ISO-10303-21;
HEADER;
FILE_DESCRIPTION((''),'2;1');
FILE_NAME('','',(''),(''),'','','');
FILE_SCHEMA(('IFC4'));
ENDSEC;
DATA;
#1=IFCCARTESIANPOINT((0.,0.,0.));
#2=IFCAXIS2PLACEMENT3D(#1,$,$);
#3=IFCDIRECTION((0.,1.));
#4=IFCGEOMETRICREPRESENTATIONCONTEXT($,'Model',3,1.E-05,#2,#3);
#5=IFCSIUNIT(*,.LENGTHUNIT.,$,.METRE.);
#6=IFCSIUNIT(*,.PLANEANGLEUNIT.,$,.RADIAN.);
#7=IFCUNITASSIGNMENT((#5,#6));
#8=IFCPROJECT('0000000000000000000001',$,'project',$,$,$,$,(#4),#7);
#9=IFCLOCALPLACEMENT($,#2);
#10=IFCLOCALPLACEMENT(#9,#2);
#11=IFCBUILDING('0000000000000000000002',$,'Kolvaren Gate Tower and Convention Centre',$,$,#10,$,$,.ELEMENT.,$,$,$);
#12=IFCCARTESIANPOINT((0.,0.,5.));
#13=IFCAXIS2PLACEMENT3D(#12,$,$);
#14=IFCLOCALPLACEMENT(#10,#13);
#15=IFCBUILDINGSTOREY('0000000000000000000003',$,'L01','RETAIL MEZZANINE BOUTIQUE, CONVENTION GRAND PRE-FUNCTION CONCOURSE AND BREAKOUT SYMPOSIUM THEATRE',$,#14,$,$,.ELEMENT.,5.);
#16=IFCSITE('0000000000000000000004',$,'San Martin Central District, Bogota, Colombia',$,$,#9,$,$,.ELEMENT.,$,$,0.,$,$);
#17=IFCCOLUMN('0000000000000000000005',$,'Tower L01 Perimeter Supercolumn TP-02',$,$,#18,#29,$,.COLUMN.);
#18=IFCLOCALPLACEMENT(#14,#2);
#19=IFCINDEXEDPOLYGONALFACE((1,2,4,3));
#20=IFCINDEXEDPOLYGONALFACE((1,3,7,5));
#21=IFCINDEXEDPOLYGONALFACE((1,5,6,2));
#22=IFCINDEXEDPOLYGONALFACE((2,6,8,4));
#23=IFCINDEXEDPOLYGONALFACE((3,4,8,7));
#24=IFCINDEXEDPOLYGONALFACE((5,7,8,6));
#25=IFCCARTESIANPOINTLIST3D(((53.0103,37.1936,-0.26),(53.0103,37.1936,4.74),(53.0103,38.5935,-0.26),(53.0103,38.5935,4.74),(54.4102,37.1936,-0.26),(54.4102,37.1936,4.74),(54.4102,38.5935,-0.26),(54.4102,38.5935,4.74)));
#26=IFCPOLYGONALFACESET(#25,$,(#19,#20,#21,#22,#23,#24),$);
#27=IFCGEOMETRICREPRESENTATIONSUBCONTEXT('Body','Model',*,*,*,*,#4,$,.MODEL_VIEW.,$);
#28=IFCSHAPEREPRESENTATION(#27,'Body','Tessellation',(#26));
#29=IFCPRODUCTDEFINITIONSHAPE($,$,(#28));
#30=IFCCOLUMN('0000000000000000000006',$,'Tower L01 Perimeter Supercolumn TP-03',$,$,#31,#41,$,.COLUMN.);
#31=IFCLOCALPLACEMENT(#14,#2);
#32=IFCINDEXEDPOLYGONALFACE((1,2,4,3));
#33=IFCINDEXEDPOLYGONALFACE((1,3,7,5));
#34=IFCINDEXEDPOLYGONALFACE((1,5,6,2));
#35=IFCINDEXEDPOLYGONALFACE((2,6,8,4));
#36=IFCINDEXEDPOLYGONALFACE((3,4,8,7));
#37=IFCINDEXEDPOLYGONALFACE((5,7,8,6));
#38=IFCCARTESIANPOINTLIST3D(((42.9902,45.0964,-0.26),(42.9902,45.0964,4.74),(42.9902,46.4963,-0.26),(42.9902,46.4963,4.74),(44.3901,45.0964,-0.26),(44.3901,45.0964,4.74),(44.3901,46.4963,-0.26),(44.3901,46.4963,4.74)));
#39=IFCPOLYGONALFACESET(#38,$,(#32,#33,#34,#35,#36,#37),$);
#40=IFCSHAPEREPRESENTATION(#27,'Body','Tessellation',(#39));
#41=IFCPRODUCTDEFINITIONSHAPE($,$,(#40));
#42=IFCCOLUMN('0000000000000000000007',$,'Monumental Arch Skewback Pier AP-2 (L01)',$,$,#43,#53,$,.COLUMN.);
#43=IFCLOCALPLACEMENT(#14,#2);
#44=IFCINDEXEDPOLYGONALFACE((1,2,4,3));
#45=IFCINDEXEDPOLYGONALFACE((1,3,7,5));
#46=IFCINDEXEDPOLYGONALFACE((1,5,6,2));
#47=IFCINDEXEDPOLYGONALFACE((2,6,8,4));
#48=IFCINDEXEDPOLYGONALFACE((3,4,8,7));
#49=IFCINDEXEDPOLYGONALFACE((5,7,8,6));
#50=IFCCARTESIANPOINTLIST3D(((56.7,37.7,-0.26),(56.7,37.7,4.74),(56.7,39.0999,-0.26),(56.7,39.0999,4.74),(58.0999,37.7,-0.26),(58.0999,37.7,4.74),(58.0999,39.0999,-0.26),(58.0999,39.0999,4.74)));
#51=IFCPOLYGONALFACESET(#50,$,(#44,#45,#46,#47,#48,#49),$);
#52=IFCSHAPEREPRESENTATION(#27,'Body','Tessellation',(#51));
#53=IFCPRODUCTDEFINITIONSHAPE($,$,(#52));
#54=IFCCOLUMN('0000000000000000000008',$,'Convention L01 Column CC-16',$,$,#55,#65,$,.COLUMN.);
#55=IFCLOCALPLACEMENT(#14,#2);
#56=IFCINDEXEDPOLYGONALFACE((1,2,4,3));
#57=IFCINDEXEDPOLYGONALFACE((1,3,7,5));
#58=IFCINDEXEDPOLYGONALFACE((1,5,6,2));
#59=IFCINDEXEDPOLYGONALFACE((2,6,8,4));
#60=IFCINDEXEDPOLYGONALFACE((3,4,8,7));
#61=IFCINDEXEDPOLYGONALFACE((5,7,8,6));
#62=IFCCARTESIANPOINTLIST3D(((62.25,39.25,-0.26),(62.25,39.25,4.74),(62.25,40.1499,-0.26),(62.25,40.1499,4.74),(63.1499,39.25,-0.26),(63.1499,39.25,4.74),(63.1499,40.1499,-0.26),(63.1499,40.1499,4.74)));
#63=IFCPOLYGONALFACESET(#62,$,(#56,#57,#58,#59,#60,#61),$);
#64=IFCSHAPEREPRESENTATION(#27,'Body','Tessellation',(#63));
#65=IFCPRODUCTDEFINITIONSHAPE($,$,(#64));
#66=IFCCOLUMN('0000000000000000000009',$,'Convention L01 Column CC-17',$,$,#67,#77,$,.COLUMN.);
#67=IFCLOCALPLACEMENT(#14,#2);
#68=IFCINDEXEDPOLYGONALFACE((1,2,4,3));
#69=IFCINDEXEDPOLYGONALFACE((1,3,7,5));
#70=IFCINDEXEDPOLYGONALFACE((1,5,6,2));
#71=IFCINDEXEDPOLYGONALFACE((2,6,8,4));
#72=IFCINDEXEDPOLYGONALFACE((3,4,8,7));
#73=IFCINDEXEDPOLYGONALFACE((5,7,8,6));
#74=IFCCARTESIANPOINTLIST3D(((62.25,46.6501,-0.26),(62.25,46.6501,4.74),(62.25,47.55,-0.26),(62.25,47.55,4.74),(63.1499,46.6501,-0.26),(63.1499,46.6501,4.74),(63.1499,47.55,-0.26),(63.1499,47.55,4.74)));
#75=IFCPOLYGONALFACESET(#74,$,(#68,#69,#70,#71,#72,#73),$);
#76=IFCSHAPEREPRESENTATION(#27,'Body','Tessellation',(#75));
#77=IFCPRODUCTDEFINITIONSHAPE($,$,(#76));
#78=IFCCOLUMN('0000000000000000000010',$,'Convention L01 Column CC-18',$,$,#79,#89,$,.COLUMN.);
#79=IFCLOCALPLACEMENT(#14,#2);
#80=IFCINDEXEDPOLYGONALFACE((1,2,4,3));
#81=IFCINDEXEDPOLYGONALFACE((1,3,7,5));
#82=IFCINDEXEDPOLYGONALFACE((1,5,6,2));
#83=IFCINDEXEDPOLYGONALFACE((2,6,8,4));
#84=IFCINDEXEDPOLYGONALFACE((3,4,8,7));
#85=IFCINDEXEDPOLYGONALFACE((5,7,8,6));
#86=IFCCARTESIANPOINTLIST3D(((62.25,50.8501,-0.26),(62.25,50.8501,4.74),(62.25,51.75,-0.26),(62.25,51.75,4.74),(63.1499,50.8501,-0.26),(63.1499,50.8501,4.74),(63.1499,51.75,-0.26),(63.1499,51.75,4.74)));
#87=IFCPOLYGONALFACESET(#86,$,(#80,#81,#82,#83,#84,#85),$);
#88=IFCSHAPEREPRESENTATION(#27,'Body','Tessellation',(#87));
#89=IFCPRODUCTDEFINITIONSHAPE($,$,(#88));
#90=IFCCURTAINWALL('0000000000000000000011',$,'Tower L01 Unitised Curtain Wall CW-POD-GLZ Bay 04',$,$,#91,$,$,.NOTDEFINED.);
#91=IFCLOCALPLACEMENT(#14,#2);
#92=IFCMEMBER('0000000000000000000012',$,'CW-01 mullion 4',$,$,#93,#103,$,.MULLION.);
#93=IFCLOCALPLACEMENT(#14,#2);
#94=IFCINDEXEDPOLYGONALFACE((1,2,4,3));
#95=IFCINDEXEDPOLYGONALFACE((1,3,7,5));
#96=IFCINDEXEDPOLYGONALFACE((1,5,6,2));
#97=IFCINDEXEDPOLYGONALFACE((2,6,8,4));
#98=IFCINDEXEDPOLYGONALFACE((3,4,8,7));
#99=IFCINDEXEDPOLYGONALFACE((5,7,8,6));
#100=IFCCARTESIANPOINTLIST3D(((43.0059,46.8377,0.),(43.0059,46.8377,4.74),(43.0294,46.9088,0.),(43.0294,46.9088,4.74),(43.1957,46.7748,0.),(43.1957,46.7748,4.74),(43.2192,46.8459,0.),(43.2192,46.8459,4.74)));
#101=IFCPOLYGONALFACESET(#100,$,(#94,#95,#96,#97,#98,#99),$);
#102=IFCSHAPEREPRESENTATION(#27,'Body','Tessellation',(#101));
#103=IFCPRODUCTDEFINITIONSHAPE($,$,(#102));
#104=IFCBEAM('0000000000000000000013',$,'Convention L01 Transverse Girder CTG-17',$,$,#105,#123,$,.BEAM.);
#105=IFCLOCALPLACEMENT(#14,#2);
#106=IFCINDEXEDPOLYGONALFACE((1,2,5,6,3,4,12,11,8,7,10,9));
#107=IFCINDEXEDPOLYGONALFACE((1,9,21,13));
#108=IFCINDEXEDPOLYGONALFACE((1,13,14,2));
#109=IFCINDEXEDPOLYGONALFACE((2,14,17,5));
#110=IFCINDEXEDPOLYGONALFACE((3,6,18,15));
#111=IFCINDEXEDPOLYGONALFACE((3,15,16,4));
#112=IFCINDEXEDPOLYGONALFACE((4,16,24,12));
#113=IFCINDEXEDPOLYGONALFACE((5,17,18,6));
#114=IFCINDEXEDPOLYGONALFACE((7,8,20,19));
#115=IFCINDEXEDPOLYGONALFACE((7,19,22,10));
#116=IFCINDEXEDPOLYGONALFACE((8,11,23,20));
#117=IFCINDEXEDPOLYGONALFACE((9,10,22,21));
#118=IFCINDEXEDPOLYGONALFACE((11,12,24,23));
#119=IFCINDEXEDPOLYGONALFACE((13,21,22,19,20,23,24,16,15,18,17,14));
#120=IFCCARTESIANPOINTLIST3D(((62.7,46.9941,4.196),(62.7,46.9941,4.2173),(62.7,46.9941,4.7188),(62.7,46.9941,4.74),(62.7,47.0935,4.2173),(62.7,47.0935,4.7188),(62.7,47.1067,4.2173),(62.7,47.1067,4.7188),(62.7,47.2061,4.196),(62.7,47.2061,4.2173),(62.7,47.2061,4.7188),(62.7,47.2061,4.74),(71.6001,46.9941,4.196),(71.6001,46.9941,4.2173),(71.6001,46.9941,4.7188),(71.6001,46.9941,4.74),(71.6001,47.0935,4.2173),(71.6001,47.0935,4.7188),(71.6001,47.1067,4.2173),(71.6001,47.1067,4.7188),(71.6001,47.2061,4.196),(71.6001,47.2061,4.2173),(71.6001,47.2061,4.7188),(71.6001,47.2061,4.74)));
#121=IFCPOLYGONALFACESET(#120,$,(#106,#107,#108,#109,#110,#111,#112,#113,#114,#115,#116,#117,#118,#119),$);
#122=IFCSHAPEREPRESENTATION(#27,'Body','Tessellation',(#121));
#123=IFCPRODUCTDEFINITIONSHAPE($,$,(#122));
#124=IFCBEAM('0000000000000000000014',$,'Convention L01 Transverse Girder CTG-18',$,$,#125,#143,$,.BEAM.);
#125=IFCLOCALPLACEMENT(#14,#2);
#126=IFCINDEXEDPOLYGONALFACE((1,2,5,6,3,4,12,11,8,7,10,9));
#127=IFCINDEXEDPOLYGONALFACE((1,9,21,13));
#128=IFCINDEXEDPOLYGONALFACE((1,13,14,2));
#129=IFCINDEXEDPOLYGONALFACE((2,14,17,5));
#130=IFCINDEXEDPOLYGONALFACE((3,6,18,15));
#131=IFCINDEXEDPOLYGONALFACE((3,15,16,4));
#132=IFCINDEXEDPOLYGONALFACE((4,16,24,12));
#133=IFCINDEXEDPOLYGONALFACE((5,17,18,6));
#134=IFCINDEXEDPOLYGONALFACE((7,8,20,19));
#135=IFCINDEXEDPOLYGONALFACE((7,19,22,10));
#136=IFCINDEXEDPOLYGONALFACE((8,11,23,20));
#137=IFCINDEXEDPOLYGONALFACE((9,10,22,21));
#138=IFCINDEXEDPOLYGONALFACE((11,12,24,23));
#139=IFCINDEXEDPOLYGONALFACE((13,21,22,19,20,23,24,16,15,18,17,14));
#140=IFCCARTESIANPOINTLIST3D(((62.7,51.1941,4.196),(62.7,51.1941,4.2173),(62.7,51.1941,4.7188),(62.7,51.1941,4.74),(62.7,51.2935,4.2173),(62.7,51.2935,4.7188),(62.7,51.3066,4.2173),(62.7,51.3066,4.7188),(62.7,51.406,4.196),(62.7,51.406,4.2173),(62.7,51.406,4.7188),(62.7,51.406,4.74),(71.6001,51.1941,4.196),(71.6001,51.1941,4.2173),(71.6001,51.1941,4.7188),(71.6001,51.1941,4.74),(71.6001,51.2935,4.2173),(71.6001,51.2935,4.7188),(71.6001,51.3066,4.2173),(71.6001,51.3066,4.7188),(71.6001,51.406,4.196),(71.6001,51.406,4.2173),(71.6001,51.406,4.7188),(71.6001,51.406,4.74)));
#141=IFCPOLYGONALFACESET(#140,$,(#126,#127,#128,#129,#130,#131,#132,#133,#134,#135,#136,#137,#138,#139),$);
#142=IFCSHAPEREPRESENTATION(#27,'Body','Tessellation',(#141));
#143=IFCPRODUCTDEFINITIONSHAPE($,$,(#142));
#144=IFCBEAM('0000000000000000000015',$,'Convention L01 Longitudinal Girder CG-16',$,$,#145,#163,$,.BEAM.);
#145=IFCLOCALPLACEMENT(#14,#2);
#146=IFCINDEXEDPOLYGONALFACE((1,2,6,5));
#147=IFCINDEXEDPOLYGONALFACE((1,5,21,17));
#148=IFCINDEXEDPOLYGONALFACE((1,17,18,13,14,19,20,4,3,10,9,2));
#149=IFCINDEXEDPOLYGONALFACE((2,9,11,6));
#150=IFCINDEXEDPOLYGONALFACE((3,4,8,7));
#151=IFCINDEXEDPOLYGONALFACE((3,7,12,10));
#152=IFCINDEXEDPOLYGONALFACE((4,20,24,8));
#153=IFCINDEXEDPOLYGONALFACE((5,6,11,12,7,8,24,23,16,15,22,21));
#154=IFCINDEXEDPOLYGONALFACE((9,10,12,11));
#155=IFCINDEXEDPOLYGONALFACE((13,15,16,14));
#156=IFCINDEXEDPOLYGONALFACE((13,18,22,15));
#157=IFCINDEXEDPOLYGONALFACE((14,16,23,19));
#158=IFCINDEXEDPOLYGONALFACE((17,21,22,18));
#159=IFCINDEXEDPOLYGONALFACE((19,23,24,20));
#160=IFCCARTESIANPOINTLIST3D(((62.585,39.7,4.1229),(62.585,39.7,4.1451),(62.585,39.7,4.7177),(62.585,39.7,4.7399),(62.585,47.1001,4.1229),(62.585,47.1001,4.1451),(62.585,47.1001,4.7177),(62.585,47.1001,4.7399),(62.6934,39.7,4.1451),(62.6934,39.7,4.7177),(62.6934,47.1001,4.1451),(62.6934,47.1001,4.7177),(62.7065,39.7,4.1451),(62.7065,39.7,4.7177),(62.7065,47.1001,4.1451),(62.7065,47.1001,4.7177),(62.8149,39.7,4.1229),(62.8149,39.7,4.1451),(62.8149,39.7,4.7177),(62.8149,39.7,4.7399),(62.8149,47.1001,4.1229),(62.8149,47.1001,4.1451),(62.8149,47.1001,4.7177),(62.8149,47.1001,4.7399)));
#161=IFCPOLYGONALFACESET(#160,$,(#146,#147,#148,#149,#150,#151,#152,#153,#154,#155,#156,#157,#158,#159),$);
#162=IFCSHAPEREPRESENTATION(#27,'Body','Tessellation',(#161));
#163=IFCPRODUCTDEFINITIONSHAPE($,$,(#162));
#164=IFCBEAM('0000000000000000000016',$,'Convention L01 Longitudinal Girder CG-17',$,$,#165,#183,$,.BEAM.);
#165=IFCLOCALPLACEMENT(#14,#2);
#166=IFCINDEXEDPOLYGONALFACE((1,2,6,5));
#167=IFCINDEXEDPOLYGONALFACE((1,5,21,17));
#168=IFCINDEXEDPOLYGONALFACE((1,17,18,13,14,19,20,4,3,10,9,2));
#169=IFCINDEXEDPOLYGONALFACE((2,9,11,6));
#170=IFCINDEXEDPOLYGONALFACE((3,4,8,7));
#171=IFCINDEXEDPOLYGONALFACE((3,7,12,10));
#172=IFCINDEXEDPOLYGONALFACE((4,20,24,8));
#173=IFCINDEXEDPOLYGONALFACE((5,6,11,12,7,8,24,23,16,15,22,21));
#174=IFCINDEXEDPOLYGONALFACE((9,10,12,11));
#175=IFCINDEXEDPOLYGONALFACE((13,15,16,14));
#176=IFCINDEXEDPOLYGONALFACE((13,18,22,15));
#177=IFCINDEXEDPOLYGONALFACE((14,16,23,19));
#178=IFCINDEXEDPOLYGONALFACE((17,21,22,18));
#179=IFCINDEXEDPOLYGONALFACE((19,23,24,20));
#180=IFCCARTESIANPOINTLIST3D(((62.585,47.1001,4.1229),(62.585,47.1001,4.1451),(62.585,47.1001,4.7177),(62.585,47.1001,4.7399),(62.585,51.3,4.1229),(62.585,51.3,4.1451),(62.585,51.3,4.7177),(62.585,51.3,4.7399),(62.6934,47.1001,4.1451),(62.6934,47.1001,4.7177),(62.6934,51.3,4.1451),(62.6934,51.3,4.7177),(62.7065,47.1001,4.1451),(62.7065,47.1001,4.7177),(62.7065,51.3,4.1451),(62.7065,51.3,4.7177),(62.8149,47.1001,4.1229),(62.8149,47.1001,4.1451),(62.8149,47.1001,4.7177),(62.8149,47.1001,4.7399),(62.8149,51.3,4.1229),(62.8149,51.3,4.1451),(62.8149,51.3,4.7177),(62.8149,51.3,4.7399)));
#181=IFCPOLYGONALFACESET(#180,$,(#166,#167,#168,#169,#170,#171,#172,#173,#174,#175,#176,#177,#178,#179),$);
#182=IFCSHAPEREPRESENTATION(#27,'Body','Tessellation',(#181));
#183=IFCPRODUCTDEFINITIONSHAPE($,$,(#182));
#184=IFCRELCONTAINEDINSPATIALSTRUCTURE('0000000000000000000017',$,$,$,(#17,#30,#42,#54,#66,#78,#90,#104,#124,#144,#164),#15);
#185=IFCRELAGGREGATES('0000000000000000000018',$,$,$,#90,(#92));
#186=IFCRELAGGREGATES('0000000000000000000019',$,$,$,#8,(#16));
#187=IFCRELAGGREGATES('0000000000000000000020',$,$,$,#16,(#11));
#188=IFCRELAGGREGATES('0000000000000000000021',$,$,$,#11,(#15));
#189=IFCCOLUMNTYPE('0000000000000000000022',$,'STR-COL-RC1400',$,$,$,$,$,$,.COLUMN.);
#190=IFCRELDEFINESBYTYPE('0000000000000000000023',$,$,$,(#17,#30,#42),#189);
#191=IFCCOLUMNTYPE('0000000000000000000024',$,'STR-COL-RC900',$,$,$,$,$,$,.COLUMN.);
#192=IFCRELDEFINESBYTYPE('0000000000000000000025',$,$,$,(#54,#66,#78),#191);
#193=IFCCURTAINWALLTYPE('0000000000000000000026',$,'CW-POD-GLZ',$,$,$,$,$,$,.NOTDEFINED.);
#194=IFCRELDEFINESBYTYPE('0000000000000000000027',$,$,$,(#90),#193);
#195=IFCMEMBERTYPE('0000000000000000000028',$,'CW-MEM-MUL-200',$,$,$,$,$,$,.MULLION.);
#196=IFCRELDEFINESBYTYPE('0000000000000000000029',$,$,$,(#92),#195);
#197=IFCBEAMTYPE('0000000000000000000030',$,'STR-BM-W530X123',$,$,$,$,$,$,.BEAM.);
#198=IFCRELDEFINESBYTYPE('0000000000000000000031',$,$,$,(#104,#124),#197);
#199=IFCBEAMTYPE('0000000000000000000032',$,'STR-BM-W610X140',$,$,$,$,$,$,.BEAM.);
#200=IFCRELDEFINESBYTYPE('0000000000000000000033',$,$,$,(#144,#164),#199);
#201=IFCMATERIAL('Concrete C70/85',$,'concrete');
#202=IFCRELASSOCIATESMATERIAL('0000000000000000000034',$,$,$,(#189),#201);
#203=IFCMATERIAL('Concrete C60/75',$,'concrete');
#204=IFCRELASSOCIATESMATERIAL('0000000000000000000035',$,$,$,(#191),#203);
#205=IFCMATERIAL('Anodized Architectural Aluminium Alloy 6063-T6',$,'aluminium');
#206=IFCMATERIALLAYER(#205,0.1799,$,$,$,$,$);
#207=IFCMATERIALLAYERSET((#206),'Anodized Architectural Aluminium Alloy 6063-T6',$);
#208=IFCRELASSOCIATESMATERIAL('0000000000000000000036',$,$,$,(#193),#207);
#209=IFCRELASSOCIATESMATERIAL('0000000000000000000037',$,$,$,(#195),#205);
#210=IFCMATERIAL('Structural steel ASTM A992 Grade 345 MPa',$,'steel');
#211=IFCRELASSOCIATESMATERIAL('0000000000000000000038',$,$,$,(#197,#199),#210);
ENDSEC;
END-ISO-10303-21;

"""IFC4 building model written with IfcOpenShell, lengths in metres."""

from ifc_helpers import new_model, si_unit, direction, frame, origin, origin_2d, place, context, subcontext, project, spatial, rectangle, i_section, extrude, material, layer, layer_set, material_profile, profile_set, type_object, element, aggregate, save


model = new_model("IFC4")

# Units and contexts
model_context = context("Model", 3, precision=1e-05, world=origin(), true_north=direction((0.0, 1.0)))
body_context = subcontext(model_context, "Body", "Model", "MODEL_VIEW")
ifc_project = project(units=[si_unit("LENGTHUNIT", "METRE"), si_unit("PLANEANGLEUNIT", "RADIAN")], contexts=[model_context])

# Site, building, storey
site_placement = place(None, origin())
site = spatial("IfcSite", under=ifc_project, at=site_placement, Name="San Martin Central District, Bogota, Colombia", CompositionType="ELEMENT", RefElevation=0.0)
building_placement = place(site_placement, origin())
building = spatial("IfcBuilding", under=site, at=building_placement, Name="Kolvaren Gate Tower and Convention Centre", CompositionType="ELEMENT")
storey_placement = place(building_placement, frame((0.0, 0.0, 5.0)))
storey = spatial("IfcBuildingStorey", under=building, at=storey_placement, Name="L01", Description="RETAIL MEZZANINE BOUTIQUE, CONVENTION GRAND PRE-FUNCTION CONCOURSE AND BREAKOUT SYMPOSIUM THEATRE", CompositionType="ELEMENT", Elevation=5.0)

# Columns
ifc_material_1 = material(Name="Concrete C70/85", Category="concrete")
ifc_material_profile_1 = material_profile(ifc_material_1, rectangle(XDim=1.3999, YDim=1.3999, at=origin_2d()), Name="RC-COL-1400X1400")
ifc_profile_set_1 = profile_set([ifc_material_profile_1], Name="Concrete C70/85")
column_type_1 = type_object("IfcColumnType", Name="STR-COL-RC1400", PredefinedType="COLUMN", material=ifc_profile_set_1)
for number, where, z_axis, x_axis, name in (
    (1, (53.7102, 37.8936, -0.26), (0.0, 0.0, 1.0), (1.0, 0.0, 0.0), "Tower L01 Perimeter Supercolumn TP-02"),
    (2, (43.6902, 45.7964, -0.26), (0.0, 0.0, 1.0), (1.0, 0.0, 0.0), "Tower L01 Perimeter Supercolumn TP-03"),
    (3, (57.3999, 38.3999, -0.26), (0.0, 0.0, 1.0), (1.0, 0.0, 0.0), "Monumental Arch Skewback Pier AP-2 (L01)"),
):
    element("IfcColumn", number, at=place(storey_placement, frame(where, z_axis=z_axis, x_axis=x_axis)), inside=storey, type_object=column_type_1, Name=name, PredefinedType="COLUMN", context=body_context, shape_type="SweptSolid", body=[
        extrude(rectangle(XDim=1.3999, YDim=1.3999, at=origin_2d()), origin(), (0.0, 0.0, 1.0), 5.0),
    ])
ifc_material_2 = material(Name="Concrete C60/75", Category="concrete")
ifc_material_profile_2 = material_profile(ifc_material_2, rectangle(XDim=0.8999, YDim=0.8999, at=origin_2d()), Name="RC-COL-900X900")
ifc_profile_set_2 = profile_set([ifc_material_profile_2], Name="Concrete C60/75")
column_type_2 = type_object("IfcColumnType", Name="STR-COL-RC900", PredefinedType="COLUMN", material=ifc_profile_set_2)
for number, where, z_axis, x_axis, name in (
    (4, (62.7, 39.7, -0.26), (0.0, 0.0, 1.0), (1.0, 0.0, 0.0), "Convention L01 Column CC-16"),
    (5, (62.7, 47.1001, -0.26), (0.0, 0.0, 1.0), (1.0, 0.0, 0.0), "Convention L01 Column CC-17"),
    (6, (62.7, 51.3, -0.26), (0.0, 0.0, 1.0), (1.0, 0.0, 0.0), "Convention L01 Column CC-18"),
):
    element("IfcColumn", number, at=place(storey_placement, frame(where, z_axis=z_axis, x_axis=x_axis)), inside=storey, type_object=column_type_2, Name=name, PredefinedType="COLUMN", context=body_context, shape_type="SweptSolid", body=[
        extrude(rectangle(XDim=0.8999, YDim=0.8999, at=origin_2d()), origin(), (0.0, 0.0, 1.0), 5.0),
    ])

# Curtain wall, member
ifc_material_3 = material(Name="Anodized Architectural Aluminium Alloy 6063-T6", Category="aluminium")
ifc_layer_1 = layer(ifc_material_3, 0.1799)
ifc_layer_set_1 = layer_set([ifc_layer_1], Name="Anodized Architectural Aluminium Alloy 6063-T6")
curtain_wall_type = type_object("IfcCurtainWallType", Name="CW-POD-GLZ", PredefinedType="NOTDEFINED", material=ifc_layer_set_1)
curtain_wall_placement = place(storey_placement, origin())
curtain_wall = element("IfcCurtainWall", 7, at=curtain_wall_placement, inside=storey, type_object=curtain_wall_type, Name="Tower L01 Unitised Curtain Wall CW-POD-GLZ Bay 04", PredefinedType="NOTDEFINED")
ifc_material_profile_3 = material_profile(ifc_material_3, rectangle(XDim=0.075, YDim=0.2, at=origin_2d()), Name="CW-MEM-MUL-200")
ifc_profile_set_3 = profile_set([ifc_material_profile_3], Name="Anodized Architectural Aluminium Alloy 6063-T6")
member_type_1 = type_object("IfcMemberType", Name="CW-MEM-MUL-200", PredefinedType="MULLION", material=ifc_profile_set_3)
member_1_placement = place(storey_placement, frame((43.1125, 46.8418, 0.0), z_axis=(0.0, 0.0, 1.0), x_axis=(0.314542, 0.949244, 0.0)))
member_1 = element("IfcMember", 8, at=member_1_placement, type_object=member_type_1, Name="CW-01 mullion 4", PredefinedType="MULLION", context=body_context, shape_type="SweptSolid", body=[
    extrude(rectangle(XDim=0.075, YDim=0.2, at=origin_2d()), origin(), (0.0, 0.0, 1.0), 4.74),
])

# Beams
ifc_material_4 = material(Name="Structural steel ASTM A992 Grade 345 MPa", Category="steel")
ifc_material_profile_4 = material_profile(ifc_material_4, i_section(OverallWidth=0.2119, OverallDepth=0.5439, WebThickness=0.0132, FlangeThickness=0.0212, at=origin_2d()), Name="W530X123")
ifc_profile_set_4 = profile_set([ifc_material_profile_4], Name="Structural steel ASTM A992 Grade 345 MPa")
beam_type_1 = type_object("IfcBeamType", Name="STR-BM-W530X123", PredefinedType="BEAM", material=ifc_profile_set_4)
for number, where, z_axis, x_axis, name in (
    (9, (62.7, 47.1001, 4.468), (1.0, 0.0, 0.0), (0.0, 1.0, 0.0), "Convention L01 Transverse Girder CTG-17"),
    (10, (62.7, 51.3, 4.468), (1.0, 0.0, 0.0), (0.0, 1.0, 0.0), "Convention L01 Transverse Girder CTG-18"),
):
    element("IfcBeam", number, at=place(storey_placement, frame(where, z_axis=z_axis, x_axis=x_axis)), inside=storey, type_object=beam_type_1, Name=name, PredefinedType="BEAM", context=body_context, shape_type="SweptSolid", body=[
        extrude(i_section(OverallWidth=0.2119, OverallDepth=0.5439, WebThickness=0.0132, FlangeThickness=0.0212, at=origin_2d()), origin(), (0.0, 0.0, 1.0), 8.9001),
    ])
ifc_material_profile_5 = material_profile(ifc_material_4, i_section(OverallWidth=0.23, OverallDepth=0.6169, WebThickness=0.0132, FlangeThickness=0.0222, at=origin_2d()), Name="W610X140")
ifc_profile_set_5 = profile_set([ifc_material_profile_5], Name="Structural steel ASTM A992 Grade 345 MPa")
beam_type_2 = type_object("IfcBeamType", Name="STR-BM-W610X140", PredefinedType="BEAM", material=ifc_profile_set_5)
beam_1_placement = place(storey_placement, frame((62.7, 39.7, 4.4314), z_axis=(0.0, 1.0, 0.0), x_axis=(-1.0, 0.0, 0.0)))
element("IfcBeam", 11, at=beam_1_placement, inside=storey, type_object=beam_type_2, Name="Convention L01 Longitudinal Girder CG-16", PredefinedType="BEAM", context=body_context, shape_type="SweptSolid", body=[
    extrude(i_section(OverallWidth=0.23, OverallDepth=0.6169, WebThickness=0.0132, FlangeThickness=0.0222, at=origin_2d()), origin(), (0.0, 0.0, 1.0), 7.4001),
])
beam_2_placement = place(storey_placement, frame((62.7, 47.1001, 4.4314), z_axis=(0.0, 1.0, 0.0), x_axis=(-1.0, 0.0, 0.0)))
element("IfcBeam", 12, at=beam_2_placement, inside=storey, type_object=beam_type_2, Name="Convention L01 Longitudinal Girder CG-17", PredefinedType="BEAM", context=body_context, shape_type="SweptSolid", body=[
    extrude(i_section(OverallWidth=0.23, OverallDepth=0.6169, WebThickness=0.0132, FlangeThickness=0.0222, at=origin_2d()), origin(), (0.0, 0.0, 1.0), 4.2),
])

aggregate(curtain_wall, [member_1])

save(model, "model.ifc")
